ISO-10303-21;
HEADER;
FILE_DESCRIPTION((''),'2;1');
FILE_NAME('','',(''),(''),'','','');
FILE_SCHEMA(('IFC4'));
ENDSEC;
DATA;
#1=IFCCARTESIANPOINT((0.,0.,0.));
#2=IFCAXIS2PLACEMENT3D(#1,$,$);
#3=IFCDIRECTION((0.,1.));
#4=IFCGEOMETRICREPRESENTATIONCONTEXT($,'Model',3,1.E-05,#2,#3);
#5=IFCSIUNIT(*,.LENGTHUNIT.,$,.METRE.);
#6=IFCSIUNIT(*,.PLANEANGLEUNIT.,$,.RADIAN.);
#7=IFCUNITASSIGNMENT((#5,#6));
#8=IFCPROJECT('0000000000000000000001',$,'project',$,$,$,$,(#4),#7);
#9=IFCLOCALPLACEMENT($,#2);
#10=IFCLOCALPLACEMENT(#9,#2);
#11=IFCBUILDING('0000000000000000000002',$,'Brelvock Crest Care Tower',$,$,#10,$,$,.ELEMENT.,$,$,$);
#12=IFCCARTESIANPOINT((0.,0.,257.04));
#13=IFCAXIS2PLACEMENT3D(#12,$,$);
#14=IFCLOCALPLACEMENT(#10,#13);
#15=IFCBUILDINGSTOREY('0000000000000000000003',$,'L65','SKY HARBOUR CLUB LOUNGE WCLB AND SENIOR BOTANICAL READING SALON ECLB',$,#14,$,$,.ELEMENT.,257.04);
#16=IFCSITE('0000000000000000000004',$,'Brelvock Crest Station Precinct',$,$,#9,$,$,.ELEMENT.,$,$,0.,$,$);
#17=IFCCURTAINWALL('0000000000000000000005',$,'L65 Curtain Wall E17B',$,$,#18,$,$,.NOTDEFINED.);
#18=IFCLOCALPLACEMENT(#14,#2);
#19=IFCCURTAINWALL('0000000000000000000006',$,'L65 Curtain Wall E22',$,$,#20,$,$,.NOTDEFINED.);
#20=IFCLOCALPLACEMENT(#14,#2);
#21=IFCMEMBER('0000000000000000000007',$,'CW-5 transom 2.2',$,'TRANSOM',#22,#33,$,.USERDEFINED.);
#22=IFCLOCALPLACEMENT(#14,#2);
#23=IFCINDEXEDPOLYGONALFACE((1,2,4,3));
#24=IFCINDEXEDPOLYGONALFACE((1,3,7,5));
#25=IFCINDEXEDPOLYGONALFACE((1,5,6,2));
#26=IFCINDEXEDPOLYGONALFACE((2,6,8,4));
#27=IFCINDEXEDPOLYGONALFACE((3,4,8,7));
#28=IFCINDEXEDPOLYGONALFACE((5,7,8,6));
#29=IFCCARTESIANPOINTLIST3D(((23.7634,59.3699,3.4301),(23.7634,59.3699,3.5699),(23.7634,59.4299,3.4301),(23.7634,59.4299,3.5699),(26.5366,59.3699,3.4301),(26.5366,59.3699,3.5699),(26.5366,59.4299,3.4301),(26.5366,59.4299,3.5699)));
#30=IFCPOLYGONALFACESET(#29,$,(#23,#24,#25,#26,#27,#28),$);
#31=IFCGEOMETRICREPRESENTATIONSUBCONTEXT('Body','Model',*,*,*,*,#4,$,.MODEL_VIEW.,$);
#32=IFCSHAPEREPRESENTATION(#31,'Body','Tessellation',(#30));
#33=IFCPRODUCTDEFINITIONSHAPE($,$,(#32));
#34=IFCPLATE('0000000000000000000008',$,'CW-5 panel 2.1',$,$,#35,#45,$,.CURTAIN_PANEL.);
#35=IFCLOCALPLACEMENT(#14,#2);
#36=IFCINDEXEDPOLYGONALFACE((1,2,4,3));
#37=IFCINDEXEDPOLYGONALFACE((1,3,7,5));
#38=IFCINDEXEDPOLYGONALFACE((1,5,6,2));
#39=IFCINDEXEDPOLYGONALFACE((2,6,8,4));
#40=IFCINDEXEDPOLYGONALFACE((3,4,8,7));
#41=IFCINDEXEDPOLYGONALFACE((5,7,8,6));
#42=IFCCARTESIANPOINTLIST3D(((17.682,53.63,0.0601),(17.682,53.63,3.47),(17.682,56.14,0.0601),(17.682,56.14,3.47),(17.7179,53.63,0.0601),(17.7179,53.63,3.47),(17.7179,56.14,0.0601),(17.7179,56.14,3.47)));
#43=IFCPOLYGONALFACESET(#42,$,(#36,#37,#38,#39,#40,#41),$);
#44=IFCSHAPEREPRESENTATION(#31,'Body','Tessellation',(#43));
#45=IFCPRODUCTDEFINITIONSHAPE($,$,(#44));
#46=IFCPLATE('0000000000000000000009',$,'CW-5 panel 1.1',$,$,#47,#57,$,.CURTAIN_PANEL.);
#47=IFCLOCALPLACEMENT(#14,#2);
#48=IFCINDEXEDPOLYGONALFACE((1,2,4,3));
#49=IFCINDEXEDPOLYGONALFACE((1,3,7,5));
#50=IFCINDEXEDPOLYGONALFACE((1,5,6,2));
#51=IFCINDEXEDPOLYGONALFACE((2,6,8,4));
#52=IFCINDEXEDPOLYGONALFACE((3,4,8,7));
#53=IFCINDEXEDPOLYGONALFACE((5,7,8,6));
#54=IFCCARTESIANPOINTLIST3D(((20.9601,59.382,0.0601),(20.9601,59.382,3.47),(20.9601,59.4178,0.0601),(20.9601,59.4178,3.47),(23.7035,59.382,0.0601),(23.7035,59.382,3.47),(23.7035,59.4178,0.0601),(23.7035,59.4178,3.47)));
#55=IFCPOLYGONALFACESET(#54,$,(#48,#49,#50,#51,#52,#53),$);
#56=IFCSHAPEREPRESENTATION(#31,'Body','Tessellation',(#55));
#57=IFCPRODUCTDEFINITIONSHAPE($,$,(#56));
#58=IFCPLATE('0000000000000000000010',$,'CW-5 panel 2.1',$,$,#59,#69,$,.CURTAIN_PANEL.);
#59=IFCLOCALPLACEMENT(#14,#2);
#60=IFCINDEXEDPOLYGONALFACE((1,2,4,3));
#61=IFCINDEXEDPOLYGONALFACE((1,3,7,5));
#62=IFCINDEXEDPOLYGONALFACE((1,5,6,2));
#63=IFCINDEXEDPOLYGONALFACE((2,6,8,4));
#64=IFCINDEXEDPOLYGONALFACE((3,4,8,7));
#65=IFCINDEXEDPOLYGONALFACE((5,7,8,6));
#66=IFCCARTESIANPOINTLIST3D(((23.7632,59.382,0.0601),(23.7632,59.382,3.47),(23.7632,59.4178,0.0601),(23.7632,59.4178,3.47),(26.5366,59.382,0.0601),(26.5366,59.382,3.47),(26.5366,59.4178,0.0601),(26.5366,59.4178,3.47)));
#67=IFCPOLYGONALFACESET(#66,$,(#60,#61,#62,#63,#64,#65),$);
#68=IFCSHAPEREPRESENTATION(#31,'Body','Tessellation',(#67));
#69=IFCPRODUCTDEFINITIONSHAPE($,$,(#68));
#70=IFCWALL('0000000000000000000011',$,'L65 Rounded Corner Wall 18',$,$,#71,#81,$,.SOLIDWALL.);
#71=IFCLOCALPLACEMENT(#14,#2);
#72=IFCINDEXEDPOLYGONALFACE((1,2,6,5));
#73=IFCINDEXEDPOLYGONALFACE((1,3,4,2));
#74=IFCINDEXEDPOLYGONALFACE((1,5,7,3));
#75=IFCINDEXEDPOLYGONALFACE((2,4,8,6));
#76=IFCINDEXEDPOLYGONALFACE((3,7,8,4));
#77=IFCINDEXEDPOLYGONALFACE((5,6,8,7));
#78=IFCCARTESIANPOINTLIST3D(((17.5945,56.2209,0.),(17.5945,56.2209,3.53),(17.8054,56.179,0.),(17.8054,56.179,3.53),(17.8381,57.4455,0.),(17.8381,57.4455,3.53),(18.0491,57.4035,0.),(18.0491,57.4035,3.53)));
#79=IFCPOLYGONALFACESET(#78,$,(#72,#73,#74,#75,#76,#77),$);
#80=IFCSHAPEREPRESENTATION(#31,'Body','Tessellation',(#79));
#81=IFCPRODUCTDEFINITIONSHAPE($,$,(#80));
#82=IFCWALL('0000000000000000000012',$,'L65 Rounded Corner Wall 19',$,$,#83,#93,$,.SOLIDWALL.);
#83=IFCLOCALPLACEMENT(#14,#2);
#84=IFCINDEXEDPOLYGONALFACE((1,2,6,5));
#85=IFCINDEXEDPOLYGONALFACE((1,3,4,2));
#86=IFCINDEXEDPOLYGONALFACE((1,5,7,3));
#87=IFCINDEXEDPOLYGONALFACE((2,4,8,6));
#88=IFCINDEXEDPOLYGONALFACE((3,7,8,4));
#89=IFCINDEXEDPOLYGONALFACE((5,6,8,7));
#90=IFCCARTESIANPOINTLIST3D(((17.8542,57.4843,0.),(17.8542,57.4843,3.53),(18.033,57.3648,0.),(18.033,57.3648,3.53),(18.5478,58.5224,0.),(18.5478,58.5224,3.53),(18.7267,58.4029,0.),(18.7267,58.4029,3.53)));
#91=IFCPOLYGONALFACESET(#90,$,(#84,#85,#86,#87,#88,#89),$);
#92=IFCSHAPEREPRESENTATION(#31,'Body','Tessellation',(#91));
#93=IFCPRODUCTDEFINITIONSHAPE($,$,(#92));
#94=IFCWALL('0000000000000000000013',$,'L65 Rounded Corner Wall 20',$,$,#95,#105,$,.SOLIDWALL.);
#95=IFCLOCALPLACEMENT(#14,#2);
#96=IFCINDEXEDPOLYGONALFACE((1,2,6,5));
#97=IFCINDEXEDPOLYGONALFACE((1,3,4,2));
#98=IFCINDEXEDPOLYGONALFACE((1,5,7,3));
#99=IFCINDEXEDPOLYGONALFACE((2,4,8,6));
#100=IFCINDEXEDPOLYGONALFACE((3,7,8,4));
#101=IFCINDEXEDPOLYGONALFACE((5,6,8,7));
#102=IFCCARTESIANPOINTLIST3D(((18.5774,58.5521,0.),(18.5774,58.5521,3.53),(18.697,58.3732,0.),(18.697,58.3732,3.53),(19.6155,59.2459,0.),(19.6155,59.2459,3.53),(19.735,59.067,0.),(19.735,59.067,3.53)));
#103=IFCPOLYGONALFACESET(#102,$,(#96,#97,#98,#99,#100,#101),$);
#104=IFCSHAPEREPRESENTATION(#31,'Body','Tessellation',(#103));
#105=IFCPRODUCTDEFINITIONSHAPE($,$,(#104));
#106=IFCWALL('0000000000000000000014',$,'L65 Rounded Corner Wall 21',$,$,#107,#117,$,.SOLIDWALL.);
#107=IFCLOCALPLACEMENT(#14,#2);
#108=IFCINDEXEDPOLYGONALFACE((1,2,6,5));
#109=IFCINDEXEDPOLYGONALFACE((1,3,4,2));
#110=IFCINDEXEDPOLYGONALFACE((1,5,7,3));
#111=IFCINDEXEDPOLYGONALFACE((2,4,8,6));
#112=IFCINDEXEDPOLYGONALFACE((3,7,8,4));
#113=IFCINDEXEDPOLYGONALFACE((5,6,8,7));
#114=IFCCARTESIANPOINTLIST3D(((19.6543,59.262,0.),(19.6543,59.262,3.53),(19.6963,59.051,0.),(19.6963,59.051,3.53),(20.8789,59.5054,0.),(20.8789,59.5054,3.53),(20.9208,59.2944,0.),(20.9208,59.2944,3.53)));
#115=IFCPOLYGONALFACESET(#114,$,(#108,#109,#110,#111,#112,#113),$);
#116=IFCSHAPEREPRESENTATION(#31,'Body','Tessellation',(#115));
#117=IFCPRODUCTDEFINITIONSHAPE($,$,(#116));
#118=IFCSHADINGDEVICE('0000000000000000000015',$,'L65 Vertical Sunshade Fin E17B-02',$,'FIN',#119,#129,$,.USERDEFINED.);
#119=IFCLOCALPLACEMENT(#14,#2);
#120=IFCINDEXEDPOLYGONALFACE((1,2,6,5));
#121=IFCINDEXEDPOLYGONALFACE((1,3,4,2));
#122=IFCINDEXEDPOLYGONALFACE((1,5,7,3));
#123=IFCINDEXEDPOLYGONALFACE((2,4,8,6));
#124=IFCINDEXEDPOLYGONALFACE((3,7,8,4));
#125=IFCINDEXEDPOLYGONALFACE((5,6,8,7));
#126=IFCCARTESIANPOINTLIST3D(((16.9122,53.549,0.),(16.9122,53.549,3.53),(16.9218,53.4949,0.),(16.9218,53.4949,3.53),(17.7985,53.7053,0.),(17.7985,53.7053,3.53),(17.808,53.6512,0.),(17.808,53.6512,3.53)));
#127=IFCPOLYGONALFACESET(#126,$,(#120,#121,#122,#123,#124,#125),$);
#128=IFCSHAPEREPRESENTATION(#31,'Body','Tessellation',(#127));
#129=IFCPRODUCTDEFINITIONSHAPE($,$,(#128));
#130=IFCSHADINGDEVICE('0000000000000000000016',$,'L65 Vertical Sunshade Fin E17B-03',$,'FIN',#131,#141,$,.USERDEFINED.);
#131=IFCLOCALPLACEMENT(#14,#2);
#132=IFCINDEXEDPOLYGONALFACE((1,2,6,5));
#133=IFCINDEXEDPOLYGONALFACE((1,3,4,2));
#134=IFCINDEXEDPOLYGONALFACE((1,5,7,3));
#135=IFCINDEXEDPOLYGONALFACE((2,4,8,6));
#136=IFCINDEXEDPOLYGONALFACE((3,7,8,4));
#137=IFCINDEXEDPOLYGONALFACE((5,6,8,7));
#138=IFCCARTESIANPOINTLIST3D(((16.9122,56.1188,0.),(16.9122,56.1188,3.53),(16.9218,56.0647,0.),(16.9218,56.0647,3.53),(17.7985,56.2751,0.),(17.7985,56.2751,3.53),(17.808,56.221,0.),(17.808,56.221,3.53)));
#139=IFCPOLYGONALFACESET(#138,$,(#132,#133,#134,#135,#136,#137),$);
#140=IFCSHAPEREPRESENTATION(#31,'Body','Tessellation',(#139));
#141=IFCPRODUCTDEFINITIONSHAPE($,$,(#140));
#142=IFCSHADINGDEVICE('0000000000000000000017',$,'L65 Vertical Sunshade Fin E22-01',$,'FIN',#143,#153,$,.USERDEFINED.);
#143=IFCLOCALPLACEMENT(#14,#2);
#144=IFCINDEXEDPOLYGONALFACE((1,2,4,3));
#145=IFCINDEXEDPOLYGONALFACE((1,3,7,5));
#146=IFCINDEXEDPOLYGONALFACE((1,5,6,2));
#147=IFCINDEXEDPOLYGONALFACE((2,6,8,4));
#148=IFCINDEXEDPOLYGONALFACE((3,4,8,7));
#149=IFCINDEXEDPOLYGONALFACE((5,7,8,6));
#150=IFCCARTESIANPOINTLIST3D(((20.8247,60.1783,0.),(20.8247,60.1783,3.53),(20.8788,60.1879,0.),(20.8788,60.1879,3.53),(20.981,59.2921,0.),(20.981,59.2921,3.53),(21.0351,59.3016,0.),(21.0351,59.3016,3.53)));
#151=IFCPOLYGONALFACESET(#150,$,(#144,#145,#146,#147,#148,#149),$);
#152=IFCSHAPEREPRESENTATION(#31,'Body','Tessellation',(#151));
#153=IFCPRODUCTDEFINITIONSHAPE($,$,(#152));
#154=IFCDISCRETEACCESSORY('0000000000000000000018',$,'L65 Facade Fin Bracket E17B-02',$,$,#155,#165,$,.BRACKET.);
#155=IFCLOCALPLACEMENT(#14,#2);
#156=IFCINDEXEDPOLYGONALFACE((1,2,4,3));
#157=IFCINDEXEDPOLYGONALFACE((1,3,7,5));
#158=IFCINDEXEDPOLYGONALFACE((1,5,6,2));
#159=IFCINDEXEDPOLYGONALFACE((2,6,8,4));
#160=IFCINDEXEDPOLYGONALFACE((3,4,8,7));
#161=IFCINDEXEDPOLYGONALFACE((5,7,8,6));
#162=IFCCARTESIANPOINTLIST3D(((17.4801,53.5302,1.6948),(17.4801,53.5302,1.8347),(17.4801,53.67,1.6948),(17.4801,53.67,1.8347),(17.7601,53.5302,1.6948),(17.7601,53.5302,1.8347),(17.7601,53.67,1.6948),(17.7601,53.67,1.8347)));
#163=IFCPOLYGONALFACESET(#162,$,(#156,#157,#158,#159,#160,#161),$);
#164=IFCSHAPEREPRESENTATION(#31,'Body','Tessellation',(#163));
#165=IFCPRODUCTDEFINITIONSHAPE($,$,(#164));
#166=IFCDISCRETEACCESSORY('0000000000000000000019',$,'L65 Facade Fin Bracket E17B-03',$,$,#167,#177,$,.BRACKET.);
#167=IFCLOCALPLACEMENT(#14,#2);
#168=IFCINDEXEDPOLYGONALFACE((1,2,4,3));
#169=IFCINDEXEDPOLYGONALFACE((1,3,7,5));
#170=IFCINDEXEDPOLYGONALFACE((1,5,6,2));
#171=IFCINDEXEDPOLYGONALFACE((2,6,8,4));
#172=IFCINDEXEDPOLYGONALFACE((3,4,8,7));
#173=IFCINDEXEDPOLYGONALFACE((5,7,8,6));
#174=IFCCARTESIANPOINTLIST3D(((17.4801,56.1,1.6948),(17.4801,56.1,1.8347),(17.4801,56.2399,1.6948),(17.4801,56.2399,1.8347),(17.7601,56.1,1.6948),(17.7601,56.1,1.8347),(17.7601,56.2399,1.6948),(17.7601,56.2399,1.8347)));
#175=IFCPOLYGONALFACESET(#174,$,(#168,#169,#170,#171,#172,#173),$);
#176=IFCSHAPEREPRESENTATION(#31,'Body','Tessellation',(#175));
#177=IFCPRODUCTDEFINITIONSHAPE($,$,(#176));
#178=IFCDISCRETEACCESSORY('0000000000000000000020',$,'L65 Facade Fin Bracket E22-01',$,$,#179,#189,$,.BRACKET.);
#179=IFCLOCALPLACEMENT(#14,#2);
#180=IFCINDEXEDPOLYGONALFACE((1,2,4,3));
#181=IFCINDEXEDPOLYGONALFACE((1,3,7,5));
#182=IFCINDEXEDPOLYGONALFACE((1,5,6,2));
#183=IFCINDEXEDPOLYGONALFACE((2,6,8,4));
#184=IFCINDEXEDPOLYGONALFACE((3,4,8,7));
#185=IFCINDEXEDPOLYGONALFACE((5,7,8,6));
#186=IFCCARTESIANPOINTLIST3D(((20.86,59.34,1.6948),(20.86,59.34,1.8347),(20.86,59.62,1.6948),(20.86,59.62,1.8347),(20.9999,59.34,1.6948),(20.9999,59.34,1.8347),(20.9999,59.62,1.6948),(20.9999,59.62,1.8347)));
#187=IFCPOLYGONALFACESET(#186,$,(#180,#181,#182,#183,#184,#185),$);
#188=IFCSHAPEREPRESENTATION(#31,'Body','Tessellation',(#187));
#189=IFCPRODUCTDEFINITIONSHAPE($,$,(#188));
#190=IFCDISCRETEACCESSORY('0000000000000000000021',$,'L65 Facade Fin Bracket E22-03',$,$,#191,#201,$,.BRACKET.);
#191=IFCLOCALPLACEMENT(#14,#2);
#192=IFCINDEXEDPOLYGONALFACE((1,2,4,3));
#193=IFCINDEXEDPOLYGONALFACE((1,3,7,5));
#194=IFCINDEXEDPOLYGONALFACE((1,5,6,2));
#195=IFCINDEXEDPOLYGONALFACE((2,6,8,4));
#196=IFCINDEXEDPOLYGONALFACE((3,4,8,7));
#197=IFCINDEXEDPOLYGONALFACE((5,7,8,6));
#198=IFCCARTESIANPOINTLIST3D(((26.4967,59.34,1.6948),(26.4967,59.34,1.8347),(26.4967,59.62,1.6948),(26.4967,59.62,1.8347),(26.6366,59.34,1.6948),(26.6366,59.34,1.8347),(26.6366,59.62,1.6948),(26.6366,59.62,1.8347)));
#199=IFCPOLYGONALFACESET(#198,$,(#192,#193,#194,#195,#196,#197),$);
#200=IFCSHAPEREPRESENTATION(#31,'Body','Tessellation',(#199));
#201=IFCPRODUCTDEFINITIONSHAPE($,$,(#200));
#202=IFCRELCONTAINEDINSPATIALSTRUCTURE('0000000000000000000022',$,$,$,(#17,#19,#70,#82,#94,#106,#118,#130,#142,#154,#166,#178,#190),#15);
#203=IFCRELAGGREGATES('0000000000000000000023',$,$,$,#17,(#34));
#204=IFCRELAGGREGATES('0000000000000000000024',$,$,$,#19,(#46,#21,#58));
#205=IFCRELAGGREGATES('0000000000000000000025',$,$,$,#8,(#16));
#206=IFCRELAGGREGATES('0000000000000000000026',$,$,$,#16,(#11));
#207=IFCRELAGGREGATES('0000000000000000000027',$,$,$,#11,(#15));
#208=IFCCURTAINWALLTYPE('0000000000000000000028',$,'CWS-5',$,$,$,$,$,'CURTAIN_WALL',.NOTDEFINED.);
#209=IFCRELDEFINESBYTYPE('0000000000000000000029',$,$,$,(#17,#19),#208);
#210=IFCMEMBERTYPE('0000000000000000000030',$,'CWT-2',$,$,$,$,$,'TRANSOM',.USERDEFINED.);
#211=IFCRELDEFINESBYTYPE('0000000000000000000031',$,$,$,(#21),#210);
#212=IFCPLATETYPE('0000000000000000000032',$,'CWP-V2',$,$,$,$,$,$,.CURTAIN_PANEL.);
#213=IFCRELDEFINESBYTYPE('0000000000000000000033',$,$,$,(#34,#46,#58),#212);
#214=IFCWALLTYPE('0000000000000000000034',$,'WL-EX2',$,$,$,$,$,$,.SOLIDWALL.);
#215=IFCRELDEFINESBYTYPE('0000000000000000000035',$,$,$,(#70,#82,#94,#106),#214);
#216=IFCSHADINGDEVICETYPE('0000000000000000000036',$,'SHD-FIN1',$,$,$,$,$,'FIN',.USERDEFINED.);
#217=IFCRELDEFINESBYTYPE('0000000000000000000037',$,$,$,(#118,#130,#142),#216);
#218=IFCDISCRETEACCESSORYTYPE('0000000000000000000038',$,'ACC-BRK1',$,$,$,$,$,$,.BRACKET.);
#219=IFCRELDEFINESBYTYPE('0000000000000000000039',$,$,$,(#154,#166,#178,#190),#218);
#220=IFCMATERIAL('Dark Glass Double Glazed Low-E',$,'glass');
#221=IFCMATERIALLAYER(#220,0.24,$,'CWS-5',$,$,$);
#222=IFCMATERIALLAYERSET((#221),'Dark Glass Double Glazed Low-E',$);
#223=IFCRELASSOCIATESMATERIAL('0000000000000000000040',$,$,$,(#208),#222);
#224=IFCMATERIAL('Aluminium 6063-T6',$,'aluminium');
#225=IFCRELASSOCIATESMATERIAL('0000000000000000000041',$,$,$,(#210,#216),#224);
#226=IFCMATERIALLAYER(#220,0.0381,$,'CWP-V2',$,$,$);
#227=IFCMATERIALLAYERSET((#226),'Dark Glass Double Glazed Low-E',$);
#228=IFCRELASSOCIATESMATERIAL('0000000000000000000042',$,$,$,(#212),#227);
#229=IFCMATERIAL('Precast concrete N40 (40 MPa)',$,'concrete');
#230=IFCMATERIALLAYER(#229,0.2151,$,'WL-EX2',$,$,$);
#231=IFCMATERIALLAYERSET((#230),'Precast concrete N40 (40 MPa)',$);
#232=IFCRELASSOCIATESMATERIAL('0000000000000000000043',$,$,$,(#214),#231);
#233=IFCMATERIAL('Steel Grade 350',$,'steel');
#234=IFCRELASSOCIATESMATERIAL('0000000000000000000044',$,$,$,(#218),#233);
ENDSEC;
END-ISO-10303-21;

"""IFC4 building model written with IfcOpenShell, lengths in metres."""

from ifc_helpers import new_model, si_unit, direction, frame, frame_2d, origin, origin_2d, place, context, subcontext, project, spatial, rectangle, extrude, source, transform, mapped, material, layer, layer_set, material_profile, profile_set, type_object, element, aggregate, save


model = new_model("IFC4")

# Units and contexts
model_context = context("Model", 3, precision=1e-05, world=origin(), true_north=direction((0.0, 1.0)))
body_context = subcontext(model_context, "Body", "Model", "MODEL_VIEW")
ifc_project = project(units=[si_unit("LENGTHUNIT", "METRE"), si_unit("PLANEANGLEUNIT", "RADIAN")], contexts=[model_context])

# Site, building, storey
site_placement = place(None, origin())
site = spatial("IfcSite", under=ifc_project, at=site_placement, Name="Brelvock Crest Station Precinct", CompositionType="ELEMENT", RefElevation=0.0)
building_placement = place(site_placement, origin())
building = spatial("IfcBuilding", under=site, at=building_placement, Name="Brelvock Crest Care Tower", CompositionType="ELEMENT")
storey_placement = place(building_placement, frame((0.0, 0.0, 257.04)))
storey = spatial("IfcBuildingStorey", under=building, at=storey_placement, Name="L65", Description="SKY HARBOUR CLUB LOUNGE WCLB AND SENIOR BOTANICAL READING SALON ECLB", CompositionType="ELEMENT", Elevation=257.04)

# Shared definitions
ifc_material_1 = material(Name="Steel Grade 350", Category="steel")

# Curtain walls
ifc_material_2 = material(Name="Dark Glass Double Glazed Low-E", Category="glass")
ifc_layer_1 = layer(ifc_material_2, 0.24, Name="CWS-5")
ifc_layer_set_1 = layer_set([ifc_layer_1], Name="Dark Glass Double Glazed Low-E")
curtain_wall_type = type_object("IfcCurtainWallType", Name="CWS-5", ElementType="CURTAIN_WALL", PredefinedType="NOTDEFINED", material=ifc_layer_set_1)
curtain_wall_1_placement = place(storey_placement, origin())
curtain_wall_1 = element("IfcCurtainWall", 1, at=curtain_wall_1_placement, inside=storey, type_object=curtain_wall_type, Name="L65 Curtain Wall E17B", PredefinedType="NOTDEFINED")
ifc_material_3 = material(Name="Aluminium 6063-T6", Category="aluminium")
curtain_wall_2_placement = place(storey_placement, origin())
curtain_wall_2 = element("IfcCurtainWall", 2, at=curtain_wall_2_placement, inside=storey, type_object=curtain_wall_type, Name="L65 Curtain Wall E22", PredefinedType="NOTDEFINED")

# Member
ifc_material_profile_1 = material_profile(ifc_material_3, rectangle(XDim=0.0601, YDim=0.1399, at=origin_2d()), Name="ALU60x140")
ifc_profile_set_1 = profile_set([ifc_material_profile_1], Name="Aluminium 6063-T6")
member_type_1 = type_object("IfcMemberType", Name="CWT-2", ElementType="TRANSOM", PredefinedType="USERDEFINED", material=ifc_profile_set_1)
shared_shape_1 = source(origin(), body_context, "Body", "SweptSolid", [
    extrude(rectangle(XDim=0.0601, YDim=0.1399, at=origin_2d()), origin(), (0.0, 0.0, 1.0), 2.7732),
])
member_1_placement = place(storey_placement, frame((23.7634, 59.3999, 3.5), z_axis=(1.0, 0.0, 0.0), x_axis=(0.0, 1.0, 0.0)))
member_1 = element("IfcMember", 3, at=member_1_placement, type_object=member_type_1, Name="CW-5 transom 2.2", ObjectType="TRANSOM", PredefinedType="USERDEFINED", context=body_context, shape_type="MappedRepresentation", body=[
    mapped(shared_shape_1, transform((0.0, 0.0, 0.0), x_axis=(1.0, 0.0, 0.0), y_axis=(0.0, 1.0, 0.0), z_axis=(0.0, 0.0, 1.0), scale=1.0)),
])

# Plates
ifc_layer_2 = layer(ifc_material_2, 0.0381, Name="CWP-V2")
ifc_layer_set_2 = layer_set([ifc_layer_2], Name="Dark Glass Double Glazed Low-E")
plate_type = type_object("IfcPlateType", Name="CWP-V2", PredefinedType="CURTAIN_PANEL", material=ifc_layer_set_2)
shared_shape_2 = source(origin(), body_context, "Body", "SweptSolid", [
    extrude(rectangle(XDim=2.51, YDim=0.0359, at=origin_2d()), origin(), (0.0, 0.0, 1.0), 3.4099),
])
plate_1_placement = place(storey_placement, frame((17.7, 54.885, 0.0601), z_axis=(0.0, 0.0, 1.0), x_axis=(0.0, 1.0, 0.0)))
plate_1 = element("IfcPlate", 4, at=plate_1_placement, type_object=plate_type, Name="CW-5 panel 2.1", PredefinedType="CURTAIN_PANEL", context=body_context, shape_type="MappedRepresentation", body=[
    mapped(shared_shape_2, transform((0.0, 0.0, 0.0), x_axis=(1.0, 0.0, 0.0), y_axis=(0.0, 1.0, 0.0), z_axis=(0.0, 0.0, 1.0), scale=1.0)),
])
aggregate(curtain_wall_1, [plate_1])
shared_shape_3 = source(origin(), body_context, "Body", "SweptSolid", [
    extrude(rectangle(XDim=2.7434, YDim=0.0359, at=origin_2d()), origin(), (0.0, 0.0, 1.0), 3.4099),
])
plate_2_placement = place(storey_placement, frame((22.3318, 59.3999, 0.0601), z_axis=(0.0, 0.0, 1.0), x_axis=(1.0, 0.0, 0.0)))
plate_2 = element("IfcPlate", 5, at=plate_2_placement, type_object=plate_type, Name="CW-5 panel 1.1", PredefinedType="CURTAIN_PANEL", context=body_context, shape_type="MappedRepresentation", body=[
    mapped(shared_shape_3, transform((0.0, 0.0, 0.0), x_axis=(1.0, 0.0, 0.0), y_axis=(0.0, 1.0, 0.0), z_axis=(0.0, 0.0, 1.0), scale=1.0)),
])
shared_shape_4 = source(origin(), body_context, "Body", "SweptSolid", [
    extrude(rectangle(XDim=2.7734, YDim=0.0359, at=origin_2d()), origin(), (0.0, 0.0, 1.0), 3.4099),
])
plate_3_placement = place(storey_placement, frame((25.1499, 59.3999, 0.0601), z_axis=(0.0, 0.0, 1.0), x_axis=(1.0, 0.0, 0.0)))
plate_3 = element("IfcPlate", 6, at=plate_3_placement, type_object=plate_type, Name="CW-5 panel 2.1", PredefinedType="CURTAIN_PANEL", context=body_context, shape_type="MappedRepresentation", body=[
    mapped(shared_shape_4, transform((0.0, 0.0, 0.0), x_axis=(1.0, 0.0, 0.0), y_axis=(0.0, 1.0, 0.0), z_axis=(0.0, 0.0, 1.0), scale=1.0)),
])
aggregate(curtain_wall_2, [plate_2, member_1, plate_3])

# Walls
ifc_material_4 = material(Name="Precast concrete N40 (40 MPa)", Category="concrete")
ifc_layer_3 = layer(ifc_material_4, 0.2151, Name="WL-EX2")
ifc_layer_set_3 = layer_set([ifc_layer_3], Name="Precast concrete N40 (40 MPa)")
wall_type = type_object("IfcWallType", Name="WL-EX2", PredefinedType="SOLIDWALL", material=ifc_layer_set_3)
for number, where, z_axis, x_axis, name in (
    (7, (17.7, 56.2, 0.0), (0.0, 0.0, 1.0), (0.195138, 0.980776, 0.0), "L65 Rounded Corner Wall 18"),
    (8, (17.9436, 57.4246, 0.0), (0.0, 0.0, 1.0), (0.555557, 0.831478, 0.0), "L65 Rounded Corner Wall 19"),
    (9, (18.6372, 58.4626, 0.0), (0.0, 0.0, 1.0), (0.831388, 0.555692, 0.0), "L65 Rounded Corner Wall 20"),
    (10, (19.6753, 59.1565, 0.0), (0.0, 0.0, 1.0), (0.980813, 0.19495, 0.0), "L65 Rounded Corner Wall 21"),
):
    element("IfcWall", number, at=place(storey_placement, frame(where, z_axis=z_axis, x_axis=x_axis)), inside=storey, type_object=wall_type, Name=name, PredefinedType="SOLIDWALL", context=body_context, shape_type="SweptSolid", body=[
        extrude(rectangle(XDim=1.2485, YDim=0.2151, at=frame_2d((0.6243, 0.0))), origin(), (0.0, 0.0, 1.0), 3.53),
    ])

# Shading devices
ifc_material_profile_2 = material_profile(ifc_material_3, rectangle(XDim=0.0549, YDim=0.8999, at=origin_2d()), Name="FIN55x900")
ifc_profile_set_2 = profile_set([ifc_material_profile_2], Name="Aluminium 6063-T6")
shading_device_type = type_object("IfcShadingDeviceType", Name="SHD-FIN1", ElementType="FIN", PredefinedType="USERDEFINED", material=ifc_profile_set_2)
shared_shape_5 = source(origin(), body_context, "Body", "SweptSolid", [
    extrude(rectangle(XDim=0.0549, YDim=0.8999, at=origin_2d()), origin(), (0.0, 0.0, 1.0), 3.53),
])
for number, where, z_axis, x_axis, name in (
    (11, (17.3601, 53.6001, 0.0), (0.0, 0.0, 1.0), (-0.173648, 0.984808, 0.0), "L65 Vertical Sunshade Fin E17B-02"),
    (12, (17.3601, 56.1699, 0.0), (0.0, 0.0, 1.0), (-0.173648, 0.984808, 0.0), "L65 Vertical Sunshade Fin E17B-03"),
    (13, (20.9299, 59.74, 0.0), (0.0, 0.0, 1.0), (0.984808, 0.173648, 0.0), "L65 Vertical Sunshade Fin E22-01"),
):
    element("IfcShadingDevice", number, at=place(storey_placement, frame(where, z_axis=z_axis, x_axis=x_axis)), inside=storey, type_object=shading_device_type, Name=name, ObjectType="FIN", PredefinedType="USERDEFINED", context=body_context, shape_type="MappedRepresentation", body=[
        mapped(shared_shape_5, transform((0.0, 0.0, 0.0), x_axis=(1.0, 0.0, 0.0), y_axis=(0.0, 1.0, 0.0), z_axis=(0.0, 0.0, 1.0), scale=1.0)),
    ])

# Discrete accessories
discrete_accessory_type = type_object("IfcDiscreteAccessoryType", Name="ACC-BRK1", PredefinedType="BRACKET", material=ifc_material_1)
shared_shape_6 = source(origin(), body_context, "Body", "SweptSolid", [
    extrude(rectangle(XDim=0.28, YDim=0.1399, at=origin_2d()), origin(), (0.0, 0.0, 1.0), 0.1399),
])
for number, where, z_axis, x_axis, name in (
    (14, (17.6201, 53.6001, 1.6948), (0.0, 0.0, 1.0), (-1.0, 0.0, 0.0), "L65 Facade Fin Bracket E17B-02"),
    (15, (17.6201, 56.1699, 1.6948), (0.0, 0.0, 1.0), (-1.0, 0.0, 0.0), "L65 Facade Fin Bracket E17B-03"),
    (16, (20.9299, 59.48, 1.6948), (0.0, 0.0, 1.0), (0.0, 1.0, 0.0), "L65 Facade Fin Bracket E22-01"),
    (17, (26.5667, 59.48, 1.6948), (0.0, 0.0, 1.0), (0.0, 1.0, 0.0), "L65 Facade Fin Bracket E22-03"),
):
    element("IfcDiscreteAccessory", number, at=place(storey_placement, frame(where, z_axis=z_axis, x_axis=x_axis)), inside=storey, type_object=discrete_accessory_type, Name=name, PredefinedType="BRACKET", context=body_context, shape_type="MappedRepresentation", body=[
        mapped(shared_shape_6, transform((0.0, 0.0, 0.0), x_axis=(1.0, 0.0, 0.0), y_axis=(0.0, 1.0, 0.0), z_axis=(0.0, 0.0, 1.0), scale=1.0)),
    ])

save(model, "model.ifc")
